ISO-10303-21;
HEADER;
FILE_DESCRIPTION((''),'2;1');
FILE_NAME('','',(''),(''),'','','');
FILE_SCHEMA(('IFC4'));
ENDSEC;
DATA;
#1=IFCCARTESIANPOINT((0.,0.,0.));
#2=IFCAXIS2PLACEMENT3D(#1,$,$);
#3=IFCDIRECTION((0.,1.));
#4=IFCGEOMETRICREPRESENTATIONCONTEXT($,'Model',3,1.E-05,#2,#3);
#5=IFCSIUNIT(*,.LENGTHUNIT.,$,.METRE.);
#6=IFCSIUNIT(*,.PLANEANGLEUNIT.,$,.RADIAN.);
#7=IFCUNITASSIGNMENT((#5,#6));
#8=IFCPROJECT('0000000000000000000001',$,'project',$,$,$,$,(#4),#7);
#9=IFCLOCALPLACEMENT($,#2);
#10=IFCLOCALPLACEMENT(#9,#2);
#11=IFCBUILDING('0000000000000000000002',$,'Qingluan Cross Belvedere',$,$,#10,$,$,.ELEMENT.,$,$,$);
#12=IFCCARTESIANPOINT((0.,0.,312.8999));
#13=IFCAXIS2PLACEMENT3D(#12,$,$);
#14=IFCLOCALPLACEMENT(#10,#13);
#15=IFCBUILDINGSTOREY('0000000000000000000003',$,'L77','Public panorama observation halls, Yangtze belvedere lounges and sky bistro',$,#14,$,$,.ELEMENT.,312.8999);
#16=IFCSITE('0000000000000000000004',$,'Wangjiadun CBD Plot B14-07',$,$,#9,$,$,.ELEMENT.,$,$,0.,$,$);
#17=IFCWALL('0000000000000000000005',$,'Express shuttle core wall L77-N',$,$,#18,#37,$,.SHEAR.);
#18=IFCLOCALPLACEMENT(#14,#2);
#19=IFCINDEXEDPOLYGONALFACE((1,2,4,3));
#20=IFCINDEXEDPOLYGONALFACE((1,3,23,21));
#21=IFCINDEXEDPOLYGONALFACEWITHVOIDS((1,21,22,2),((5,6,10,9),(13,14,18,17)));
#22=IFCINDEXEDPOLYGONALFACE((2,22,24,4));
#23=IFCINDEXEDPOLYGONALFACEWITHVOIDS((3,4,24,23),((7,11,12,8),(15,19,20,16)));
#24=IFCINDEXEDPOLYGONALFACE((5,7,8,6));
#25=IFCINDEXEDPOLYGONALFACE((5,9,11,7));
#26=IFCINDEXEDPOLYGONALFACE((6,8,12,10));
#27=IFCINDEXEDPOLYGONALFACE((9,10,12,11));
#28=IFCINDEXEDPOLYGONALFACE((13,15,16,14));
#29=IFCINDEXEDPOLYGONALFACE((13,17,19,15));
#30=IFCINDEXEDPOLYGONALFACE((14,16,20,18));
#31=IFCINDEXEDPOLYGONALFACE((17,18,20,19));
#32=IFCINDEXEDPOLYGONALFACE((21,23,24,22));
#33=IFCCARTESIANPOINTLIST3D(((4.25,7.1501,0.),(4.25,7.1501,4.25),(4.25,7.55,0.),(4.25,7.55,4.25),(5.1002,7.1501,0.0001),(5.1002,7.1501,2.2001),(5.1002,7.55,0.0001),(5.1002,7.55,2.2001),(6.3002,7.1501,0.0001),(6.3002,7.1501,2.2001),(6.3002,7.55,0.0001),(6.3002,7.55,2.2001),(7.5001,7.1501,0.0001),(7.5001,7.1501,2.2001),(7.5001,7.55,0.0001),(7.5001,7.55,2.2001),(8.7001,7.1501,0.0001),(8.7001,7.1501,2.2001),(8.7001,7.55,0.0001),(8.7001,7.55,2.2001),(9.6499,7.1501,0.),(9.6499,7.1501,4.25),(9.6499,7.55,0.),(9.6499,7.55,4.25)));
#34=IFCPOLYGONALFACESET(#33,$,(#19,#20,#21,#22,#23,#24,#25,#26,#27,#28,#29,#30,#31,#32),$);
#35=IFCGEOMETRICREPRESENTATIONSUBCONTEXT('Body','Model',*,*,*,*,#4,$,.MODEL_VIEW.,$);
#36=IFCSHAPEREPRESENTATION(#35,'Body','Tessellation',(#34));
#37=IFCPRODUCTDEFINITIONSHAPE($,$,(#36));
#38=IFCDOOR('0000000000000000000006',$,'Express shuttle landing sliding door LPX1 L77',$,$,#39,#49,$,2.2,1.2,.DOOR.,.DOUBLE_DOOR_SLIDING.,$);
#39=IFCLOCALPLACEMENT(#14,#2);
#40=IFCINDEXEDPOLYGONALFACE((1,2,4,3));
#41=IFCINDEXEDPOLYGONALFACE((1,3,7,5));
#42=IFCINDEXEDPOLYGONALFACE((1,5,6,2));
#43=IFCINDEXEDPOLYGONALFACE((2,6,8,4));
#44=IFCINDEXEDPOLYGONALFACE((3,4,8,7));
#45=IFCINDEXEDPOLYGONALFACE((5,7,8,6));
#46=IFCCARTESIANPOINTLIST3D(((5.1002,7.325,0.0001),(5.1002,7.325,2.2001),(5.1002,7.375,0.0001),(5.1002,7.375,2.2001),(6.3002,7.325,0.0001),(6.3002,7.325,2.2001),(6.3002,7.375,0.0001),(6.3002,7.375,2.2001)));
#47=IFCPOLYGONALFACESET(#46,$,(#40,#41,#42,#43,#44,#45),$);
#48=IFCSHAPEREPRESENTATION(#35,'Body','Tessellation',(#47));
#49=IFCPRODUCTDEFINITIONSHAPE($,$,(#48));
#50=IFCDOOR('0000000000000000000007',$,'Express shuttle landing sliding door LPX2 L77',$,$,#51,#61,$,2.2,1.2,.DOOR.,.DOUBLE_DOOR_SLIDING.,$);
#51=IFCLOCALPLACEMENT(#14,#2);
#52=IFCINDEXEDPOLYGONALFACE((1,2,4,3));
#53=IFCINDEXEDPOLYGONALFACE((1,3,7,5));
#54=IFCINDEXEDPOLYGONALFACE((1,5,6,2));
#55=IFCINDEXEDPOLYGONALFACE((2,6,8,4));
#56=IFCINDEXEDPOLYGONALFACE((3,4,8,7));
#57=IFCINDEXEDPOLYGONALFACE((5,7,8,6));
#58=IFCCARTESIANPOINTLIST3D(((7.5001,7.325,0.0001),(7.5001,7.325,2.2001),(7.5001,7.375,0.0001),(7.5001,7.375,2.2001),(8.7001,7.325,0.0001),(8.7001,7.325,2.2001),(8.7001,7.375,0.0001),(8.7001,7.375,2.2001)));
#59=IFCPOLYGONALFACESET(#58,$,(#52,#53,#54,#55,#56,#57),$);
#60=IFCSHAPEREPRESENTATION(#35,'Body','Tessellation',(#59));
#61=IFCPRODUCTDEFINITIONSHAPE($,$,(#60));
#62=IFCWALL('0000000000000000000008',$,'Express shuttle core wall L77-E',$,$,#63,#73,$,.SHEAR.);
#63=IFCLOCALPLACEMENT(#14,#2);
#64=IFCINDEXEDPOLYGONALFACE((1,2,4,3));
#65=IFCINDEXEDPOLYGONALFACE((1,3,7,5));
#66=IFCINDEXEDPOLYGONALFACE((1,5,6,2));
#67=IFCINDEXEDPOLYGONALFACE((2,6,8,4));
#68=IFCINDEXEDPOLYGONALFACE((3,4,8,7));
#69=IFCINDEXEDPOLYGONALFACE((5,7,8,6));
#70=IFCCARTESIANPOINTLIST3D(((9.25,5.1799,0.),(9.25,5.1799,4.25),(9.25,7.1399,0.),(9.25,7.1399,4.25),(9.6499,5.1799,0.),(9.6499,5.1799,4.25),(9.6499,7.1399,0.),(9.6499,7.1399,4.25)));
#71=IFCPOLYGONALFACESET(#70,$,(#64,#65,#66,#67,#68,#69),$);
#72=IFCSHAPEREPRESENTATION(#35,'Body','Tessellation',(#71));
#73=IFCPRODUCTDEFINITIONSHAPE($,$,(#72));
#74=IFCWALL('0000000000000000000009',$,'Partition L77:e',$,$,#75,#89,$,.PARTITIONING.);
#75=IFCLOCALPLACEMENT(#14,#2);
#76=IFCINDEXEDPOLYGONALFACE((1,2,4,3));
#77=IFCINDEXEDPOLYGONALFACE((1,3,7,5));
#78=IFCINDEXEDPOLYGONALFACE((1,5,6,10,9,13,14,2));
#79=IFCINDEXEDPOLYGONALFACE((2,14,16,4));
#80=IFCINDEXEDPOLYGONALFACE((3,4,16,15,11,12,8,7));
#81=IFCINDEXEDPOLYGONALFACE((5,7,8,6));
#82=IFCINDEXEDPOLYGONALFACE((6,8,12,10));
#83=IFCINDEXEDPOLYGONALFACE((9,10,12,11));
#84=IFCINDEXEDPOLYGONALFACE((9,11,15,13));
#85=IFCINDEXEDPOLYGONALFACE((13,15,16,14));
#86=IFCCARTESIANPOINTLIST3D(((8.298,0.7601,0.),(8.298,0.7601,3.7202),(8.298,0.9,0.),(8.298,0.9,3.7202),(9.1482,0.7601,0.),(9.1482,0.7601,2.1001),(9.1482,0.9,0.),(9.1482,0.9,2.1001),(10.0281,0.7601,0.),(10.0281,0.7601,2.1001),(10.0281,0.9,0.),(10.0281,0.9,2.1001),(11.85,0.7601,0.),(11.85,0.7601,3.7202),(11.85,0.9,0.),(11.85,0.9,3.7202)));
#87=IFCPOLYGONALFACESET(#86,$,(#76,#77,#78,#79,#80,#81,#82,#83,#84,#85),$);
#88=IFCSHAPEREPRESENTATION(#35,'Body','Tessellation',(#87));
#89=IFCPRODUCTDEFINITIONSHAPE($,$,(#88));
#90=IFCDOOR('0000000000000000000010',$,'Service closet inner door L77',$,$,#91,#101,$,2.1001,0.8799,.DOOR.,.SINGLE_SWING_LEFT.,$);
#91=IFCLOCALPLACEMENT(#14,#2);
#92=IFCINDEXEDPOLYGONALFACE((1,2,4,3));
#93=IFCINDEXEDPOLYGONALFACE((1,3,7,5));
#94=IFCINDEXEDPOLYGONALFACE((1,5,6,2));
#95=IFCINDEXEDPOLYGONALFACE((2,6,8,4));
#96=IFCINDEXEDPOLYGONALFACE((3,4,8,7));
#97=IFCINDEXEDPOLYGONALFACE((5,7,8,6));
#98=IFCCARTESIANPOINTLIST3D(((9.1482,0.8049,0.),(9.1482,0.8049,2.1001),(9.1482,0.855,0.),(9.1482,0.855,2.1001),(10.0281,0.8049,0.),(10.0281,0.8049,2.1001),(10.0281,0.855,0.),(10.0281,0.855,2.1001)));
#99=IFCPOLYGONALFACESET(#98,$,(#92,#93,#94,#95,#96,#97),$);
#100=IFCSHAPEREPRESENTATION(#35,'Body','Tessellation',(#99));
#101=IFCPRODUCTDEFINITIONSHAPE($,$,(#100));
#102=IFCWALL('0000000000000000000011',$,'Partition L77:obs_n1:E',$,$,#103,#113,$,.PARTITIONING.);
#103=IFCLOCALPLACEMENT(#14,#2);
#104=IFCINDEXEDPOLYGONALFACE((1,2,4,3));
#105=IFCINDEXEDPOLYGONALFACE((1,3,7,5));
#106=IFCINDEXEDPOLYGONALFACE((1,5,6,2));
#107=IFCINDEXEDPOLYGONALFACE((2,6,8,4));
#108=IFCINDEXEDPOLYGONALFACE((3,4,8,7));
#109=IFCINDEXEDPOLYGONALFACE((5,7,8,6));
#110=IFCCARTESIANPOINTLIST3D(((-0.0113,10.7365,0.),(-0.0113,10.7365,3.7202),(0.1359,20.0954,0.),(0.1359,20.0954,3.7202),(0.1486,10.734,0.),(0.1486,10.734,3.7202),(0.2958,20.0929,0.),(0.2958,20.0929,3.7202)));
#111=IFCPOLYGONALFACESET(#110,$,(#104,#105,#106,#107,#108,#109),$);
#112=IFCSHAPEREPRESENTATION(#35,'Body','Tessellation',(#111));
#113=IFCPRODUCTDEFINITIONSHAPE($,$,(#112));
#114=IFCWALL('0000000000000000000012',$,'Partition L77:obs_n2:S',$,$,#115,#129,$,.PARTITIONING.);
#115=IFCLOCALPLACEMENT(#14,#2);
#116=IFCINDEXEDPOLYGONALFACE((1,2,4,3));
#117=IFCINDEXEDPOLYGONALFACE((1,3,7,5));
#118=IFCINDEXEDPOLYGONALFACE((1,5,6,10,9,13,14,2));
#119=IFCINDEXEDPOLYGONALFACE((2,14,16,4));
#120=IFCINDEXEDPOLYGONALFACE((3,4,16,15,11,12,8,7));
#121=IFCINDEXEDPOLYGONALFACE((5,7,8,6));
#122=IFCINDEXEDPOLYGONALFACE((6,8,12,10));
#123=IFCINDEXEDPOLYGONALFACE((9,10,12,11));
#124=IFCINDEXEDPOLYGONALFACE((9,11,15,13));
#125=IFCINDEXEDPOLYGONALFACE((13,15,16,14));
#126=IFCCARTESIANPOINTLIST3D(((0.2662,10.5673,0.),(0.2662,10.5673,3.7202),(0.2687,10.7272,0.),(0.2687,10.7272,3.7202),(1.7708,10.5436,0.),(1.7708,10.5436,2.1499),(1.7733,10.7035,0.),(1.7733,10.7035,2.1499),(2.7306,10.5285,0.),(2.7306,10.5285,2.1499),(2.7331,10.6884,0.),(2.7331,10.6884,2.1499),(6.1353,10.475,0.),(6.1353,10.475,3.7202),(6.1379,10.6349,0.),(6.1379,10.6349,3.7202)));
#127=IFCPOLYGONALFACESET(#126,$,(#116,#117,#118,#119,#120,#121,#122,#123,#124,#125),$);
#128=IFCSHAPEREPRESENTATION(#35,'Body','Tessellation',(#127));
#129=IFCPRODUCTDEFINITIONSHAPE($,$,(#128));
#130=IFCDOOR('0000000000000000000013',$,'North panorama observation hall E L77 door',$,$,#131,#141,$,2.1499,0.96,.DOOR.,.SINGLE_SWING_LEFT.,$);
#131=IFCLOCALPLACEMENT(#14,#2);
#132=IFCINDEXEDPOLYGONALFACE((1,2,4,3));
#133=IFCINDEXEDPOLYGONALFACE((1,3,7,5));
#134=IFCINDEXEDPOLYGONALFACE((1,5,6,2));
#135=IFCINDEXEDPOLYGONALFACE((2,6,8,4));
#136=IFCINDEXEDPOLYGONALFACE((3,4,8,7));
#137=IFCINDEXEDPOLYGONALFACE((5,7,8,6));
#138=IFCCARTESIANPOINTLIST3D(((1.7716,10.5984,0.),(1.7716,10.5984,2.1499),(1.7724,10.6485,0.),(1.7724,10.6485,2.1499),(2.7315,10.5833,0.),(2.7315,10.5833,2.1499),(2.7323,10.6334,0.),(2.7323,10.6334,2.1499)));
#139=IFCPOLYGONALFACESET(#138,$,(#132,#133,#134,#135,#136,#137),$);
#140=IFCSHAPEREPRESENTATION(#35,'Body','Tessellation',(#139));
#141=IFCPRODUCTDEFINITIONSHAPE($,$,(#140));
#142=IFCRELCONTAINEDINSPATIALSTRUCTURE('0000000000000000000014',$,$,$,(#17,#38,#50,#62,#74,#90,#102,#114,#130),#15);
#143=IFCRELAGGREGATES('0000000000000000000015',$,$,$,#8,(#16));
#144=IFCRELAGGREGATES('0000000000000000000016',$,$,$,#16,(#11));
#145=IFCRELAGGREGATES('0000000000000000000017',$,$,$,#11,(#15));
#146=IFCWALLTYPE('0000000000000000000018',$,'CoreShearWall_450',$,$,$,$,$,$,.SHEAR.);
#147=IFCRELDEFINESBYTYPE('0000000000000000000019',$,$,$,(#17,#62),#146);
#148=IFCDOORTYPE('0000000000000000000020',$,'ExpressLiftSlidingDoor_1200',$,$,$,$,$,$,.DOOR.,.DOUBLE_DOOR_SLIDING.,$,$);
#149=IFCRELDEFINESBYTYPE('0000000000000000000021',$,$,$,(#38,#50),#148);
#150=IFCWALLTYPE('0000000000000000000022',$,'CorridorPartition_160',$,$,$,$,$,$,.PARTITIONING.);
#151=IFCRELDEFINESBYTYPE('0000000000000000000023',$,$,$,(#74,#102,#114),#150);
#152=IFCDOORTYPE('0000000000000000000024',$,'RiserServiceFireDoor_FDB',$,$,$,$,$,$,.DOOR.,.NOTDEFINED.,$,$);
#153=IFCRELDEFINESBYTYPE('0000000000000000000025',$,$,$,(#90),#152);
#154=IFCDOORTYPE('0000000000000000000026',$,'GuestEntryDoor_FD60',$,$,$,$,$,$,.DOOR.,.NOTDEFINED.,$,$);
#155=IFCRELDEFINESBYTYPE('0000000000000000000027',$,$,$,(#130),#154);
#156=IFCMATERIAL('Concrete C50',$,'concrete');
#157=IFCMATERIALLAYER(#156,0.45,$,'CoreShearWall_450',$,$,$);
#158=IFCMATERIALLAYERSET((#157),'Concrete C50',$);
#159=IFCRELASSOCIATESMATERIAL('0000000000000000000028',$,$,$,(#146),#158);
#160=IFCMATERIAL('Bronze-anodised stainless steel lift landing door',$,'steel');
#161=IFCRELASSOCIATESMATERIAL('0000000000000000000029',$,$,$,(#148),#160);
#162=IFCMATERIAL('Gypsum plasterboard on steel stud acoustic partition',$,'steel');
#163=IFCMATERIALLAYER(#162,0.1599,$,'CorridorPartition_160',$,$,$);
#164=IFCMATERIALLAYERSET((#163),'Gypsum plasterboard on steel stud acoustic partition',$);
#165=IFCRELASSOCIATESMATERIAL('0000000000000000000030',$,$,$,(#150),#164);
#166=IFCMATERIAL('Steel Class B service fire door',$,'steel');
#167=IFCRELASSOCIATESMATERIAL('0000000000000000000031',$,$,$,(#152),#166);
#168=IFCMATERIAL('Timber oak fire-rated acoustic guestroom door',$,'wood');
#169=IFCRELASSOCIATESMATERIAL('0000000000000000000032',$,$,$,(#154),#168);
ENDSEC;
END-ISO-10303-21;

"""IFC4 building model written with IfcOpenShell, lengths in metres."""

from ifc_helpers import new_model, si_unit, direction, frame, frame_2d, origin, place, context, subcontext, project, spatial, rectangle, extrude, material, layer, layer_set, type_object, element, fill, save


model = new_model("IFC4")

# Units and contexts
model_context = context("Model", 3, precision=1e-05, world=origin(), true_north=direction((0.0, 1.0)))
body_context = subcontext(model_context, "Body", "Model", "MODEL_VIEW")
ifc_project = project(units=[si_unit("LENGTHUNIT", "METRE"), si_unit("PLANEANGLEUNIT", "RADIAN")], contexts=[model_context])

# Site, building, storey
site_placement = place(None, origin())
site = spatial("IfcSite", under=ifc_project, at=site_placement, Name="Wangjiadun CBD Plot B14-07", CompositionType="ELEMENT", RefElevation=0.0)
building_placement = place(site_placement, origin())
building = spatial("IfcBuilding", under=site, at=building_placement, Name="Qingluan Cross Belvedere", CompositionType="ELEMENT")
storey_placement = place(building_placement, frame((0.0, 0.0, 312.8999)))
storey = spatial("IfcBuildingStorey", under=building, at=storey_placement, Name="L77", Description="Public panorama observation halls, Yangtze belvedere lounges and sky bistro", CompositionType="ELEMENT", Elevation=312.8999)

# Shared definitions
ifc_material_1 = material(Name="Concrete C50", Category="concrete")
ifc_layer_1 = layer(ifc_material_1, 0.45, Name="CoreShearWall_450")
ifc_layer_set_1 = layer_set([ifc_layer_1], Name="Concrete C50")
wall_type_1 = type_object("IfcWallType", Name="CoreShearWall_450", PredefinedType="SHEAR", material=ifc_layer_set_1)

# Wall, openings, doors
wall_1_placement = place(storey_placement, frame((4.25, 7.3501, 0.0), z_axis=(0.0, 0.0, 1.0), x_axis=(1.0, 0.0, 0.0)))
wall_1 = element("IfcWall", 1, at=wall_1_placement, inside=storey, type_object=wall_type_1, Name="Express shuttle core wall L77-N", PredefinedType="SHEAR", context=body_context, shape_type="SweptSolid", body=[
    extrude(rectangle(XDim=5.3999, YDim=0.3999, at=frame_2d((2.7, 0.0))), origin(), (0.0, 0.0, 1.0), 4.25),
])
opening_1_placement = place(wall_1_placement, frame((0.8501, 0.0, 0.0)))
opening_1 = element("IfcOpeningElement", 2, at=opening_1_placement, cuts=wall_1, PredefinedType="OPENING", context=body_context, shape_type="SweptSolid", body=[
    extrude(rectangle(XDim=1.2, YDim=2.2, at=frame_2d((0.6001, 1.1001))), frame((0.0, 0.21, 0.0), z_axis=(0.0, -1.0, 0.0), x_axis=(1.0, 0.0, 0.0)), (0.0, 0.0, 1.0), 0.4199),
])
opening_2_placement = place(wall_1_placement, frame((3.25, 0.0, 0.0)))
opening_2 = element("IfcOpeningElement", 3, at=opening_2_placement, cuts=wall_1, PredefinedType="OPENING", context=body_context, shape_type="SweptSolid", body=[
    extrude(rectangle(XDim=1.2, YDim=2.2, at=frame_2d((0.6001, 1.1001))), frame((0.0, 0.21, 0.0), z_axis=(0.0, -1.0, 0.0), x_axis=(1.0, 0.0, 0.0)), (0.0, 0.0, 1.0), 0.4199),
])
ifc_material_2 = material(Name="Bronze-anodised stainless steel lift landing door", Category="steel")
door_type_1 = type_object("IfcDoorType", Name="ExpressLiftSlidingDoor_1200", OperationType="DOUBLE_DOOR_SLIDING", PredefinedType="DOOR", material=ifc_material_2)
door_1_placement = place(opening_1_placement, origin())
door_1 = element("IfcDoor", 4, at=door_1_placement, inside=storey, type_object=door_type_1, Name="Express shuttle landing sliding door LPX1 L77", OperationType="DOUBLE_DOOR_SLIDING", OverallHeight=2.2, OverallWidth=1.2, PredefinedType="DOOR", context=body_context, shape_type="SweptSolid", body=[
    extrude(rectangle(XDim=1.2, YDim=2.2, at=frame_2d((0.6001, 1.1001))), frame((0.0, 0.0249, 0.0), z_axis=(0.0, -1.0, 0.0), x_axis=(1.0, 0.0, 0.0)), (0.0, 0.0, 1.0), 0.05),
])
fill(opening_1, door_1)
door_2_placement = place(opening_2_placement, origin())
door_2 = element("IfcDoor", 5, at=door_2_placement, inside=storey, type_object=door_type_1, Name="Express shuttle landing sliding door LPX2 L77", OperationType="DOUBLE_DOOR_SLIDING", OverallHeight=2.2, OverallWidth=1.2, PredefinedType="DOOR", context=body_context, shape_type="SweptSolid", body=[
    extrude(rectangle(XDim=1.2, YDim=2.2, at=frame_2d((0.6001, 1.1001))), frame((0.0, 0.0249, 0.0), z_axis=(0.0, -1.0, 0.0), x_axis=(1.0, 0.0, 0.0)), (0.0, 0.0, 1.0), 0.05),
])
fill(opening_2, door_2)

# Wall
wall_2_placement = place(storey_placement, frame((9.45, 5.1799, 0.0), z_axis=(0.0, 0.0, 1.0), x_axis=(0.0, 1.0, 0.0)))
element("IfcWall", 6, at=wall_2_placement, inside=storey, type_object=wall_type_1, Name="Express shuttle core wall L77-E", PredefinedType="SHEAR", context=body_context, shape_type="SweptSolid", body=[
    extrude(rectangle(XDim=1.96, YDim=0.3999, at=frame_2d((0.98, 0.0))), origin(), (0.0, 0.0, 1.0), 4.25),
])

# Wall, opening, door
ifc_material_3 = material(Name="Gypsum plasterboard on steel stud acoustic partition", Category="steel")
ifc_layer_2 = layer(ifc_material_3, 0.1599, Name="CorridorPartition_160")
ifc_layer_set_2 = layer_set([ifc_layer_2], Name="Gypsum plasterboard on steel stud acoustic partition")
wall_type_2 = type_object("IfcWallType", Name="CorridorPartition_160", PredefinedType="PARTITIONING", material=ifc_layer_set_2)
wall_3_placement = place(storey_placement, frame((8.2981, 0.8301, 0.0), z_axis=(0.0, 0.0, 1.0), x_axis=(1.0, 0.0, 0.0)))
wall_3 = element("IfcWall", 7, at=wall_3_placement, inside=storey, type_object=wall_type_2, Name="Partition L77:e", PredefinedType="PARTITIONING", context=body_context, shape_type="SweptSolid", body=[
    extrude(rectangle(XDim=3.552, YDim=0.1399, at=frame_2d((1.7759, 0.0))), origin(), (0.0, 0.0, 1.0), 3.7202),
])
opening_3_placement = place(wall_3_placement, frame((0.8501, 0.0, 0.0)))
opening_3 = element("IfcOpeningElement", 8, at=opening_3_placement, cuts=wall_3, PredefinedType="OPENING", context=body_context, shape_type="SweptSolid", body=[
    extrude(rectangle(XDim=0.8799, YDim=2.1001, at=frame_2d((0.4399, 1.05))), frame((0.0, 0.0798, 0.0), z_axis=(0.0, -1.0, 0.0), x_axis=(1.0, 0.0, 0.0)), (0.0, 0.0, 1.0), 0.1599),
])
ifc_material_4 = material(Name="Steel Class B service fire door", Category="steel")
door_type_2 = type_object("IfcDoorType", Name="RiserServiceFireDoor_FDB", OperationType="NOTDEFINED", PredefinedType="DOOR", material=ifc_material_4)
door_3_placement = place(opening_3_placement, origin())
door_3 = element("IfcDoor", 9, at=door_3_placement, inside=storey, type_object=door_type_2, Name="Service closet inner door L77", OperationType="SINGLE_SWING_LEFT", OverallHeight=2.1001, OverallWidth=0.8799, PredefinedType="DOOR", context=body_context, shape_type="SweptSolid", body=[
    extrude(rectangle(XDim=0.8799, YDim=2.1001, at=frame_2d((0.4399, 1.05))), frame((0.0, 0.0249, 0.0), z_axis=(0.0, -1.0, 0.0), x_axis=(1.0, 0.0, 0.0)), (0.0, 0.0, 1.0), 0.05),
])
fill(opening_3, door_3)

# Wall
wall_4_placement = place(storey_placement, frame((0.0686, 10.7351, 0.0), z_axis=(0.0, 0.0, 1.0), x_axis=(0.015728, 0.999876, 0.0)))
element("IfcWall", 10, at=wall_4_placement, inside=storey, type_object=wall_type_2, Name="Partition L77:obs_n1:E", PredefinedType="PARTITIONING", context=body_context, shape_type="SweptSolid", body=[
    extrude(rectangle(XDim=9.3601, YDim=0.1599, at=frame_2d((4.6802, 0.0))), origin(), (0.0, 0.0, 1.0), 3.7202),
])

# Wall, opening, door
wall_5_placement = place(storey_placement, frame((0.2673, 10.6472, 0.0), z_axis=(0.0, 0.0, 1.0), x_axis=(0.999876, -0.015722, 0.0)))
wall_5 = element("IfcWall", 11, at=wall_5_placement, inside=storey, type_object=wall_type_2, Name="Partition L77:obs_n2:S", PredefinedType="PARTITIONING", context=body_context, shape_type="SweptSolid", body=[
    extrude(rectangle(XDim=5.8699, YDim=0.1599, at=frame_2d((2.9351, 0.0))), origin(), (0.0, 0.0, 1.0), 3.7202),
])
opening_4_placement = place(wall_5_placement, frame((1.5049, 0.0, 0.0)))
opening_4 = element("IfcOpeningElement", 12, at=opening_4_placement, cuts=wall_5, PredefinedType="OPENING", context=body_context, shape_type="SweptSolid", body=[
    extrude(rectangle(XDim=0.96, YDim=2.1499, at=frame_2d((0.48, 1.075))), frame((0.0, 0.0898, 0.0), z_axis=(0.0, -1.0, 0.0), x_axis=(1.0, 0.0, 0.0)), (0.0, 0.0, 1.0), 0.1799),
])
ifc_material_5 = material(Name="Timber oak fire-rated acoustic guestroom door", Category="wood")
door_type_3 = type_object("IfcDoorType", Name="GuestEntryDoor_FD60", OperationType="NOTDEFINED", PredefinedType="DOOR", material=ifc_material_5)
door_4_placement = place(opening_4_placement, origin())
door_4 = element("IfcDoor", 13, at=door_4_placement, inside=storey, type_object=door_type_3, Name="North panorama observation hall E L77 door", OperationType="SINGLE_SWING_LEFT", OverallHeight=2.1499, OverallWidth=0.96, PredefinedType="DOOR", context=body_context, shape_type="SweptSolid", body=[
    extrude(rectangle(XDim=0.96, YDim=2.1499, at=frame_2d((0.48, 1.075))), frame((0.0, 0.0249, 0.0), z_axis=(0.0, -1.0, 0.0), x_axis=(1.0, 0.0, 0.0)), (0.0, 0.0, 1.0), 0.05),
])
fill(opening_4, door_4)

save(model, "model.ifc")
